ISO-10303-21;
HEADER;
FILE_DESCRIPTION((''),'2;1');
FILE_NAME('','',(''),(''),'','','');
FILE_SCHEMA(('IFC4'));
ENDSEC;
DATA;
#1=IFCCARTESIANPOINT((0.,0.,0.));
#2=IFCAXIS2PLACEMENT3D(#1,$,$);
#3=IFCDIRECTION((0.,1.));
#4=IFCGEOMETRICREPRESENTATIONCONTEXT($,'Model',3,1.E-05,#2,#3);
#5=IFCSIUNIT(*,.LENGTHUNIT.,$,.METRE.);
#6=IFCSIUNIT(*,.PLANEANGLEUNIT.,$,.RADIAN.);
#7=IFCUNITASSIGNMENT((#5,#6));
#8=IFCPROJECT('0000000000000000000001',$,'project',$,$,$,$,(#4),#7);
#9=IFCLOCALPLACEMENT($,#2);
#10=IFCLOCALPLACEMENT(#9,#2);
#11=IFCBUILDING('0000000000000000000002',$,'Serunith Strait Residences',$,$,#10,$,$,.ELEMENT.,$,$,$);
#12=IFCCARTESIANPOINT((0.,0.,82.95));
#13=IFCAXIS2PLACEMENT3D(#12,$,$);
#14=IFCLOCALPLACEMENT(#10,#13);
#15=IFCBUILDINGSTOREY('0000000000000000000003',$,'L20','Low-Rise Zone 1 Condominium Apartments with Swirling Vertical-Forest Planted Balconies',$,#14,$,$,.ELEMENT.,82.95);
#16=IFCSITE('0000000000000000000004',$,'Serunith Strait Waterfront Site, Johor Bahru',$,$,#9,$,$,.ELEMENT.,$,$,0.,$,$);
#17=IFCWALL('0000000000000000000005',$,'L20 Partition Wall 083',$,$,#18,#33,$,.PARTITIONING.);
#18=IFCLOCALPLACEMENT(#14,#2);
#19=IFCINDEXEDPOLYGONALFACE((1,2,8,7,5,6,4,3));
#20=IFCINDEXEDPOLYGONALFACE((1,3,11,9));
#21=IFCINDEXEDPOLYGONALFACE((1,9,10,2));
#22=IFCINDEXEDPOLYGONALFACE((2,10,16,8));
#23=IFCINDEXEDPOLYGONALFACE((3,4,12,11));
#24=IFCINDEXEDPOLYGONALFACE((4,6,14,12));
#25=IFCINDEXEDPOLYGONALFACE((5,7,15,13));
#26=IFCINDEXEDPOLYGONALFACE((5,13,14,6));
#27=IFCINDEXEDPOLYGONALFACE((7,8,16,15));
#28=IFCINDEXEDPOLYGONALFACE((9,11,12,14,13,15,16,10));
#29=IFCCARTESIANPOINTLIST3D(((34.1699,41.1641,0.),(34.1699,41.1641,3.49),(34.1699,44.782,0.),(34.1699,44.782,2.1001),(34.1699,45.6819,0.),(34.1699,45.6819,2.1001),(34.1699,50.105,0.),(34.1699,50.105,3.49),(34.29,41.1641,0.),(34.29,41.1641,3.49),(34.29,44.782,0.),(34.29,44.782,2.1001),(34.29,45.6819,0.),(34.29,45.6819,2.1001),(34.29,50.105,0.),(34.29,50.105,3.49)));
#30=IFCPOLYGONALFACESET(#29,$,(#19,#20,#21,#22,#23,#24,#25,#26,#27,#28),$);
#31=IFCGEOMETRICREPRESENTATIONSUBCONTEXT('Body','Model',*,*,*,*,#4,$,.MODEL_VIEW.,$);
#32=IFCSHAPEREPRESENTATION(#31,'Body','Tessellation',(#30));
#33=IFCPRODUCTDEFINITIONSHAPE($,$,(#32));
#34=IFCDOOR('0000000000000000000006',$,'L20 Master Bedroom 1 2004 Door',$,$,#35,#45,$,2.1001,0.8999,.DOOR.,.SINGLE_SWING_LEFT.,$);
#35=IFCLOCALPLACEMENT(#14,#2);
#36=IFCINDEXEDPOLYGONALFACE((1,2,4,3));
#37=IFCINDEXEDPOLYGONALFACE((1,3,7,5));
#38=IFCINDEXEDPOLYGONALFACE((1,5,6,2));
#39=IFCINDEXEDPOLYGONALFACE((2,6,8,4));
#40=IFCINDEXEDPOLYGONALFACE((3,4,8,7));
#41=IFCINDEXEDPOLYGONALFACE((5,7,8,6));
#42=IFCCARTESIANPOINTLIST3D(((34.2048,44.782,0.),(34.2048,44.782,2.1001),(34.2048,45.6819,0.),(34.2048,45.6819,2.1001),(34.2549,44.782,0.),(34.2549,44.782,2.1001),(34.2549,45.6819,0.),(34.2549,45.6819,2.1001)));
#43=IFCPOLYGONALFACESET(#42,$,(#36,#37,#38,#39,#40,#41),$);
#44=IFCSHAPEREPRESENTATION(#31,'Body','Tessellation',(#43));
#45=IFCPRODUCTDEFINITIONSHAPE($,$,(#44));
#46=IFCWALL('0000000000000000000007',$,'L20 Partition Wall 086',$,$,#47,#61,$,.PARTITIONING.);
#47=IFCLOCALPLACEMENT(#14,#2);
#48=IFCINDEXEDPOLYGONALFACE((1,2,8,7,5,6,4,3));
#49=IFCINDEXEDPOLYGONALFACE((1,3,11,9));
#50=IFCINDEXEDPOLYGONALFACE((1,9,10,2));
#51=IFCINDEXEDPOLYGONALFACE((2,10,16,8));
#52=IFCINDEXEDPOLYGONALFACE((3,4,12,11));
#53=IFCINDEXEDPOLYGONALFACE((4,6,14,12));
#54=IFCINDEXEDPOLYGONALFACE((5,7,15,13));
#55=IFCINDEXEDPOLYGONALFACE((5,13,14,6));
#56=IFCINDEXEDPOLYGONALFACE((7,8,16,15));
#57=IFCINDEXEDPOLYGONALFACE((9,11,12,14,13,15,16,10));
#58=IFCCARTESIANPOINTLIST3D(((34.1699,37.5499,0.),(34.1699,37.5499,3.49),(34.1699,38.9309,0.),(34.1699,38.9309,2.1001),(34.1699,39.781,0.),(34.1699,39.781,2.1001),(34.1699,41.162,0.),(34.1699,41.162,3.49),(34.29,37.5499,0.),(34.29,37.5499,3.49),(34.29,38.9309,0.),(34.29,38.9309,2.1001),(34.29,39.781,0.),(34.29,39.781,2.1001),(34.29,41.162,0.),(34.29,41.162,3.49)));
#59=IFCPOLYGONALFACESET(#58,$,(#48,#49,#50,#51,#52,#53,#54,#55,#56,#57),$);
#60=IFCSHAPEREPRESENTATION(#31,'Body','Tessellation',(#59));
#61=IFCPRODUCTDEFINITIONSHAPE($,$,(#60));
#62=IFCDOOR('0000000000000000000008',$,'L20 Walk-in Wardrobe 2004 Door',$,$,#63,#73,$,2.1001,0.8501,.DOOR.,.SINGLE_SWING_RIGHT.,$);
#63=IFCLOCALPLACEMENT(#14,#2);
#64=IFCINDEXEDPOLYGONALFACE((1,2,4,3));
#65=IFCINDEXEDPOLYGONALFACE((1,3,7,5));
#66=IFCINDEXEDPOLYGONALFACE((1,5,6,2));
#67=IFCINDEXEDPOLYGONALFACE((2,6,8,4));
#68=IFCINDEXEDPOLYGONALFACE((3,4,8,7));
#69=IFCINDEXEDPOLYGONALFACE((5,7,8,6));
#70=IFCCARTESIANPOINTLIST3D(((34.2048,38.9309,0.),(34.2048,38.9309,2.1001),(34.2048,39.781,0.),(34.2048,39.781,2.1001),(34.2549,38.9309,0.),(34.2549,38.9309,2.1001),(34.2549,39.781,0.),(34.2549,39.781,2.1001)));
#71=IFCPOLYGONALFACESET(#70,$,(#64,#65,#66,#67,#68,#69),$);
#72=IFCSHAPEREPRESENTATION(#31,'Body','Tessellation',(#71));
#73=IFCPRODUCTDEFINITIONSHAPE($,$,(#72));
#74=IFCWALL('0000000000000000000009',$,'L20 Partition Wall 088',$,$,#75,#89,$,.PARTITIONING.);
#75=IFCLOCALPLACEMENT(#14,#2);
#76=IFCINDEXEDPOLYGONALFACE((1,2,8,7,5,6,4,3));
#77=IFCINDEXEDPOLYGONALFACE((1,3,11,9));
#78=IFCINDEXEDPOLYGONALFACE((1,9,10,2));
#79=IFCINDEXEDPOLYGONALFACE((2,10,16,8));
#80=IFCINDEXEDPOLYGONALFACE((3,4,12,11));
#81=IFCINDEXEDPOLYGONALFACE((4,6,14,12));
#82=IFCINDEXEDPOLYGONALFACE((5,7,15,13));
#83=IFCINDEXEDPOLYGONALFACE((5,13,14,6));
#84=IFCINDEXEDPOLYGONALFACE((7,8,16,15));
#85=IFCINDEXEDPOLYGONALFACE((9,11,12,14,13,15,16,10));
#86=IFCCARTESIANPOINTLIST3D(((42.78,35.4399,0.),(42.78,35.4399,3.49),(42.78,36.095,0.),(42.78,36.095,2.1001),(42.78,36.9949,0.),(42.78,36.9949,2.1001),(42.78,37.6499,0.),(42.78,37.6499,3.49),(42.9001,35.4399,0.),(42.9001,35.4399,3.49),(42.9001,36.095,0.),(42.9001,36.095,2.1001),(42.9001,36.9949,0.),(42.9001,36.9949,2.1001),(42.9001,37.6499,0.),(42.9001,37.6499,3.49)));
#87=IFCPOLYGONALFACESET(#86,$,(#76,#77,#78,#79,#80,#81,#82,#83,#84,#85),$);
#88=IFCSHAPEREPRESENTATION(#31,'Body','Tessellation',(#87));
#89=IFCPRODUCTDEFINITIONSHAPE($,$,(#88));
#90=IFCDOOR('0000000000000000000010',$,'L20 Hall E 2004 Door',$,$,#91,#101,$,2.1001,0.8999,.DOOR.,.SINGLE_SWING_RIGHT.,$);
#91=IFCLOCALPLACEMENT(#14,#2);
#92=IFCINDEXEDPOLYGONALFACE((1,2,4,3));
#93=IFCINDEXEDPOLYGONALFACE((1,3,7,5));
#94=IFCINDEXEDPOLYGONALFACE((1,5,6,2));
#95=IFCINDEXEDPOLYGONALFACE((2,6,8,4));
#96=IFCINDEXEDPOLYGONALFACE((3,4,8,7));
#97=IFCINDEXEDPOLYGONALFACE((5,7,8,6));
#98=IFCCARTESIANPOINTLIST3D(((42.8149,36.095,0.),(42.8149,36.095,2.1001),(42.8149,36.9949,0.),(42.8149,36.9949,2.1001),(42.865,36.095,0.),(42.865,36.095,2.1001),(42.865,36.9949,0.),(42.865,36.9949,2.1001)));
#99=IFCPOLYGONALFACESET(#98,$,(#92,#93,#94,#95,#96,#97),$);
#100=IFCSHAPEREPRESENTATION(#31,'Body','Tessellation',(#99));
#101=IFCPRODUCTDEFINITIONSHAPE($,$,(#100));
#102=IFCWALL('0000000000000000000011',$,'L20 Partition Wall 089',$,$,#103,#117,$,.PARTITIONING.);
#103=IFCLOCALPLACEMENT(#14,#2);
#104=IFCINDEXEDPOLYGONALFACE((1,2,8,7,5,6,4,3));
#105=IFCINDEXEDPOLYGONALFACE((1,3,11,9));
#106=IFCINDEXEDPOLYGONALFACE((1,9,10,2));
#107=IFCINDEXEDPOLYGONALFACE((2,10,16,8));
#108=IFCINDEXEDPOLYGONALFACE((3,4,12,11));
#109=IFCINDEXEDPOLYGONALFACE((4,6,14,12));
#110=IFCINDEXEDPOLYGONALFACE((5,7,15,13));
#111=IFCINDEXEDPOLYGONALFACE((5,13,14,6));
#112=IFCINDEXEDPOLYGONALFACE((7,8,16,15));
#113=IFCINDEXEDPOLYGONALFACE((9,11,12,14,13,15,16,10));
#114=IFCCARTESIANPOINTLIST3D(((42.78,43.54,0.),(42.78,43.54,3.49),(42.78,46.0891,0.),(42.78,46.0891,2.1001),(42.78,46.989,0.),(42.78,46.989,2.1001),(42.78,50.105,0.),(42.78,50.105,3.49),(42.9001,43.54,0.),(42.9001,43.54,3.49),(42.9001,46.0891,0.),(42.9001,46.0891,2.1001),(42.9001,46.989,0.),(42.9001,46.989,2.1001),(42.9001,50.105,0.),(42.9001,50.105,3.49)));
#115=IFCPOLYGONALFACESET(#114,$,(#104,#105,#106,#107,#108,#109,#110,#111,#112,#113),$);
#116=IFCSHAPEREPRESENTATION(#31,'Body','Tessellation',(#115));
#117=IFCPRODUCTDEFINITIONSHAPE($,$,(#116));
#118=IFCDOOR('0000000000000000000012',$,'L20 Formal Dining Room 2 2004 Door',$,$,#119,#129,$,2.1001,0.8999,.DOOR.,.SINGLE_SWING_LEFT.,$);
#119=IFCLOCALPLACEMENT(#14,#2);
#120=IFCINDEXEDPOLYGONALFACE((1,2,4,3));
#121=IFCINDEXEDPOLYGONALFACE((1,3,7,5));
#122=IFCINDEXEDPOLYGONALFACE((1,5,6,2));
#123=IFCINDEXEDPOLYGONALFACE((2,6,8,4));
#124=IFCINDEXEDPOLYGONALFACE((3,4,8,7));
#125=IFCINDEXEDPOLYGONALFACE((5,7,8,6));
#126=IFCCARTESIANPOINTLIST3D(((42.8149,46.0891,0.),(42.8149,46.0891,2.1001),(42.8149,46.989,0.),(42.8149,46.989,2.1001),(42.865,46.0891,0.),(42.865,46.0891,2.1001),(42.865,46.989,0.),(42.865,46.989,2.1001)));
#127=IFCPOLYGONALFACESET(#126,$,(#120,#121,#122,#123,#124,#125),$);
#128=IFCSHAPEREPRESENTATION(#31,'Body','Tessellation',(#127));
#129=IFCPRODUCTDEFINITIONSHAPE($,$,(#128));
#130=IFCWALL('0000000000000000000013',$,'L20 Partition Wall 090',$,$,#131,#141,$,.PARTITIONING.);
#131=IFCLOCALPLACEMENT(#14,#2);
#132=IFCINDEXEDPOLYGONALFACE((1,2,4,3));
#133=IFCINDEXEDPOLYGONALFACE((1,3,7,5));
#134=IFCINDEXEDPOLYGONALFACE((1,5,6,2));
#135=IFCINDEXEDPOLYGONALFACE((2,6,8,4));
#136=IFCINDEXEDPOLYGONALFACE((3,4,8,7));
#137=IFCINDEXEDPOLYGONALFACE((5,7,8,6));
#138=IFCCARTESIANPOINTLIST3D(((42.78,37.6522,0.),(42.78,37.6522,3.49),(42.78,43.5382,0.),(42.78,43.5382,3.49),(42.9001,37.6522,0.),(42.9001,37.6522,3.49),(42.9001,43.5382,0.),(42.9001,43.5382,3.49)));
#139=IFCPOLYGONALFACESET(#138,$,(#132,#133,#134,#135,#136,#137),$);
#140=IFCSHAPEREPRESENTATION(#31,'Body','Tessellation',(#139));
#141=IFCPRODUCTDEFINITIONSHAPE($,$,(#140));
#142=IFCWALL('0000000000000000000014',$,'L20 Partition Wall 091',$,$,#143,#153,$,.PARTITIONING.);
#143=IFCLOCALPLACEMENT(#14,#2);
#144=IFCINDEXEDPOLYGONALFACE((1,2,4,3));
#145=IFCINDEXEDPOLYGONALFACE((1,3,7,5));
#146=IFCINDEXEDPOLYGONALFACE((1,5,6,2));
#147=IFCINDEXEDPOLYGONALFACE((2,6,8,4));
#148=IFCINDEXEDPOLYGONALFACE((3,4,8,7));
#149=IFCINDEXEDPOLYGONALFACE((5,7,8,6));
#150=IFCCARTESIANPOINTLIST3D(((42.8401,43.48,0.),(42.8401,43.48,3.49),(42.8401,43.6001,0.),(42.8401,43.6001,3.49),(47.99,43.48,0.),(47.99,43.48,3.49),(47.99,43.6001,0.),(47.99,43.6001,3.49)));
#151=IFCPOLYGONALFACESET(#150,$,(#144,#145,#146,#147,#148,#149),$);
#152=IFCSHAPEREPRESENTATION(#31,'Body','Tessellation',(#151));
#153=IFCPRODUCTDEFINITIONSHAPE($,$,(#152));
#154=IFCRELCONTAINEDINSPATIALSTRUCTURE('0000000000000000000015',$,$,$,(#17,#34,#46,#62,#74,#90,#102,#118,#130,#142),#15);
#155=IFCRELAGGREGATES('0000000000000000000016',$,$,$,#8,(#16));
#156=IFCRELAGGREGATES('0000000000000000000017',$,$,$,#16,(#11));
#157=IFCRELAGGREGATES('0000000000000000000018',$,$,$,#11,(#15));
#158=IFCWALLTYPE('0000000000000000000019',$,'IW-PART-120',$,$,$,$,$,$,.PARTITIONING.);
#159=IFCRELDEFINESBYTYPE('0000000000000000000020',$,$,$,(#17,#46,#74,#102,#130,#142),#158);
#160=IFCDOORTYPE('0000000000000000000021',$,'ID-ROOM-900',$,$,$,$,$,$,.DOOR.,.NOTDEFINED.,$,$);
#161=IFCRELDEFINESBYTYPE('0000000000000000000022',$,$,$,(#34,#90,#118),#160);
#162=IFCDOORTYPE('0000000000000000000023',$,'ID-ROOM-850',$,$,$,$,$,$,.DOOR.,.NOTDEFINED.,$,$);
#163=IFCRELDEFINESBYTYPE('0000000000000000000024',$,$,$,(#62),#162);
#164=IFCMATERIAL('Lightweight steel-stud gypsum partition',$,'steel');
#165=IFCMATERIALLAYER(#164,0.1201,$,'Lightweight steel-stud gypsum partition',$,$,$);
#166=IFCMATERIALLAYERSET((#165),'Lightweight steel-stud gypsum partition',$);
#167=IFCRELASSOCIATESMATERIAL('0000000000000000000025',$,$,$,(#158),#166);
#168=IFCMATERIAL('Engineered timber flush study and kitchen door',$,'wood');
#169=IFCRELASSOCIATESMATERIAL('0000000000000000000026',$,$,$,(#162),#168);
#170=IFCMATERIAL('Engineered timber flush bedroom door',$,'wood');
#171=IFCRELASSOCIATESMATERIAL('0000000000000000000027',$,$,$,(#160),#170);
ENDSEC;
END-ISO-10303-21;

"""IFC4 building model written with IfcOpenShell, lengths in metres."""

from ifc_helpers import new_model, si_unit, direction, frame, frame_2d, origin, place, context, subcontext, project, spatial, rectangle, extrude, source, transform, mapped, material, layer, layer_set, type_object, element, fill, save


model = new_model("IFC4")

# Units and contexts
model_context = context("Model", 3, precision=1e-05, world=origin(), true_north=direction((0.0, 1.0)))
body_context = subcontext(model_context, "Body", "Model", "MODEL_VIEW")
ifc_project = project(units=[si_unit("LENGTHUNIT", "METRE"), si_unit("PLANEANGLEUNIT", "RADIAN")], contexts=[model_context])

# Site, building, storey
site_placement = place(None, origin())
site = spatial("IfcSite", under=ifc_project, at=site_placement, Name="Serunith Strait Waterfront Site, Johor Bahru", CompositionType="ELEMENT", RefElevation=0.0)
building_placement = place(site_placement, origin())
building = spatial("IfcBuilding", under=site, at=building_placement, Name="Serunith Strait Residences", CompositionType="ELEMENT")
storey_placement = place(building_placement, frame((0.0, 0.0, 82.95)))
storey = spatial("IfcBuildingStorey", under=building, at=storey_placement, Name="L20", Description="Low-Rise Zone 1 Condominium Apartments with Swirling Vertical-Forest Planted Balconies", CompositionType="ELEMENT", Elevation=82.95)

# Shared definitions
ifc_material_1 = material(Name="Lightweight steel-stud gypsum partition", Category="steel")
ifc_layer_1 = layer(ifc_material_1, 0.1201, Name="Lightweight steel-stud gypsum partition")
ifc_layer_set_1 = layer_set([ifc_layer_1], Name="Lightweight steel-stud gypsum partition")
wall_type_1 = type_object("IfcWallType", Name="IW-PART-120", PredefinedType="PARTITIONING", material=ifc_layer_set_1)
ifc_material_2 = material(Name="Engineered timber flush study and kitchen door", Category="wood")
door_type_1 = type_object("IfcDoorType", Name="ID-ROOM-850", OperationType="NOTDEFINED", PredefinedType="DOOR", material=ifc_material_2)
shared_shape_1 = source(origin(), body_context, "Body", "SweptSolid", [
    extrude(rectangle(XDim=0.8501, YDim=2.1001, at=frame_2d((0.425, 1.05))), frame((0.0, 0.0249, 0.0), z_axis=(0.0, -1.0, 0.0), x_axis=(1.0, 0.0, 0.0)), (0.0, 0.0, 1.0), 0.05),
])

# Walls, openings, doors
wall_1_placement = place(storey_placement, frame((34.23, 50.105, 0.0), z_axis=(0.0, 0.0, 1.0), x_axis=(0.0, -1.0, 0.0)))
wall_1 = element("IfcWall", 1, at=wall_1_placement, inside=storey, type_object=wall_type_1, Name="L20 Partition Wall 083", PredefinedType="PARTITIONING", context=body_context, shape_type="SweptSolid", body=[
    extrude(rectangle(XDim=8.9409, YDim=0.1201, at=frame_2d((4.4705, 0.0))), origin(), (0.0, 0.0, 1.0), 3.49),
])
opening_1_placement = place(wall_1_placement, frame((4.4231, 0.0, 0.0)))
opening_1 = element("IfcOpeningElement", 2, at=opening_1_placement, cuts=wall_1, PredefinedType="OPENING", context=body_context, shape_type="SweptSolid", body=[
    extrude(rectangle(XDim=0.8999, YDim=2.1001, at=frame_2d((0.45, 1.05))), frame((0.0, 0.0701, 0.0), z_axis=(0.0, -1.0, 0.0), x_axis=(1.0, 0.0, 0.0)), (0.0, 0.0, 1.0), 0.1401),
])
ifc_material_3 = material(Name="Engineered timber flush bedroom door", Category="wood")
door_type_2 = type_object("IfcDoorType", Name="ID-ROOM-900", OperationType="NOTDEFINED", PredefinedType="DOOR", material=ifc_material_3)
shared_shape_2 = source(origin(), body_context, "Body", "SweptSolid", [
    extrude(rectangle(XDim=0.8999, YDim=2.1001, at=frame_2d((0.45, 1.05))), frame((0.0, 0.0249, 0.0), z_axis=(0.0, -1.0, 0.0), x_axis=(1.0, 0.0, 0.0)), (0.0, 0.0, 1.0), 0.05),
])
door_1_placement = place(opening_1_placement, origin())
door_1 = element("IfcDoor", 3, at=door_1_placement, inside=storey, type_object=door_type_2, Name="L20 Master Bedroom 1 2004 Door", OperationType="SINGLE_SWING_LEFT", OverallHeight=2.1001, OverallWidth=0.8999, PredefinedType="DOOR", context=body_context, shape_type="MappedRepresentation", body=[
    mapped(shared_shape_2, transform((0.0, 0.0, 0.0), scale=1.0)),
])
fill(opening_1, door_1)
wall_2_placement = place(storey_placement, frame((34.23, 41.1621, 0.0), z_axis=(0.0, 0.0, 1.0), x_axis=(0.0, -1.0, 0.0)))
wall_2 = element("IfcWall", 4, at=wall_2_placement, inside=storey, type_object=wall_type_1, Name="L20 Partition Wall 086", PredefinedType="PARTITIONING", context=body_context, shape_type="SweptSolid", body=[
    extrude(rectangle(XDim=3.6121, YDim=0.1201, at=frame_2d((1.8062, 0.0))), origin(), (0.0, 0.0, 1.0), 3.49),
])
opening_2_placement = place(wall_2_placement, frame((1.3811, 0.0, 0.0)))
opening_2 = element("IfcOpeningElement", 5, at=opening_2_placement, cuts=wall_2, PredefinedType="OPENING", context=body_context, shape_type="SweptSolid", body=[
    extrude(rectangle(XDim=0.8501, YDim=2.1001, at=frame_2d((0.425, 1.05))), frame((0.0, 0.0701, 0.0), z_axis=(0.0, -1.0, 0.0), x_axis=(1.0, 0.0, 0.0)), (0.0, 0.0, 1.0), 0.1401),
])
door_2_placement = place(opening_2_placement, origin())
door_2 = element("IfcDoor", 6, at=door_2_placement, inside=storey, type_object=door_type_1, Name="L20 Walk-in Wardrobe 2004 Door", OperationType="SINGLE_SWING_RIGHT", OverallHeight=2.1001, OverallWidth=0.8501, PredefinedType="DOOR", context=body_context, shape_type="MappedRepresentation", body=[
    mapped(shared_shape_1, transform((0.0, 0.0, 0.0), scale=1.0)),
])
fill(opening_2, door_2)
wall_3_placement = place(storey_placement, frame((42.8401, 37.6499, 0.0), z_axis=(0.0, 0.0, 1.0), x_axis=(0.0, -1.0, 0.0)))
wall_3 = element("IfcWall", 7, at=wall_3_placement, inside=storey, type_object=wall_type_1, Name="L20 Partition Wall 088", PredefinedType="PARTITIONING", context=body_context, shape_type="SweptSolid", body=[
    extrude(rectangle(XDim=2.21, YDim=0.1201, at=frame_2d((1.105, 0.0))), origin(), (0.0, 0.0, 1.0), 3.49),
])
opening_3_placement = place(wall_3_placement, frame((0.655, 0.0, 0.0)))
opening_3 = element("IfcOpeningElement", 8, at=opening_3_placement, cuts=wall_3, PredefinedType="OPENING", context=body_context, shape_type="SweptSolid", body=[
    extrude(rectangle(XDim=0.8999, YDim=2.1001, at=frame_2d((0.45, 1.05))), frame((0.0, 0.0701, 0.0), z_axis=(0.0, -1.0, 0.0), x_axis=(1.0, 0.0, 0.0)), (0.0, 0.0, 1.0), 0.1401),
])
door_3_placement = place(opening_3_placement, origin())
door_3 = element("IfcDoor", 9, at=door_3_placement, inside=storey, type_object=door_type_2, Name="L20 Hall E 2004 Door", OperationType="SINGLE_SWING_RIGHT", OverallHeight=2.1001, OverallWidth=0.8999, PredefinedType="DOOR", context=body_context, shape_type="MappedRepresentation", body=[
    mapped(shared_shape_2, transform((0.0, 0.0, 0.0), scale=1.0)),
])
fill(opening_3, door_3)
wall_4_placement = place(storey_placement, frame((42.8401, 50.105, 0.0), z_axis=(0.0, 0.0, 1.0), x_axis=(0.0, -1.0, 0.0)))
wall_4 = element("IfcWall", 10, at=wall_4_placement, inside=storey, type_object=wall_type_1, Name="L20 Partition Wall 089", PredefinedType="PARTITIONING", context=body_context, shape_type="SweptSolid", body=[
    extrude(rectangle(XDim=6.5649, YDim=0.1201, at=frame_2d((3.2825, 0.0))), origin(), (0.0, 0.0, 1.0), 3.49),
])
opening_4_placement = place(wall_4_placement, frame((3.116, 0.0, 0.0)))
opening_4 = element("IfcOpeningElement", 11, at=opening_4_placement, cuts=wall_4, PredefinedType="OPENING", context=body_context, shape_type="SweptSolid", body=[
    extrude(rectangle(XDim=0.8999, YDim=2.1001, at=frame_2d((0.45, 1.05))), frame((0.0, 0.0701, 0.0), z_axis=(0.0, -1.0, 0.0), x_axis=(1.0, 0.0, 0.0)), (0.0, 0.0, 1.0), 0.1401),
])
door_4_placement = place(opening_4_placement, origin())
door_4 = element("IfcDoor", 12, at=door_4_placement, inside=storey, type_object=door_type_2, Name="L20 Formal Dining Room 2 2004 Door", OperationType="SINGLE_SWING_LEFT", OverallHeight=2.1001, OverallWidth=0.8999, PredefinedType="DOOR", context=body_context, shape_type="MappedRepresentation", body=[
    mapped(shared_shape_2, transform((0.0, 0.0, 0.0), scale=1.0)),
])
fill(opening_4, door_4)

# Walls
wall_5_placement = place(storey_placement, frame((42.8401, 43.5381, 0.0), z_axis=(0.0, 0.0, 1.0), x_axis=(0.0, -1.0, 0.0)))
element("IfcWall", 13, at=wall_5_placement, inside=storey, type_object=wall_type_1, Name="L20 Partition Wall 090", PredefinedType="PARTITIONING", context=body_context, shape_type="SweptSolid", body=[
    extrude(rectangle(XDim=5.886, YDim=0.1201, at=frame_2d((2.9429, 0.0))), origin(), (0.0, 0.0, 1.0), 3.49),
])
wall_6_placement = place(storey_placement, frame((42.8401, 43.54, 0.0), z_axis=(0.0, 0.0, 1.0), x_axis=(1.0, 0.0, 0.0)))
element("IfcWall", 14, at=wall_6_placement, inside=storey, type_object=wall_type_1, Name="L20 Partition Wall 091", PredefinedType="PARTITIONING", context=body_context, shape_type="SweptSolid", body=[
    extrude(rectangle(XDim=5.1499, YDim=0.1201, at=frame_2d((2.575, 0.0))), origin(), (0.0, 0.0, 1.0), 3.49),
])

save(model, "model.ifc")
